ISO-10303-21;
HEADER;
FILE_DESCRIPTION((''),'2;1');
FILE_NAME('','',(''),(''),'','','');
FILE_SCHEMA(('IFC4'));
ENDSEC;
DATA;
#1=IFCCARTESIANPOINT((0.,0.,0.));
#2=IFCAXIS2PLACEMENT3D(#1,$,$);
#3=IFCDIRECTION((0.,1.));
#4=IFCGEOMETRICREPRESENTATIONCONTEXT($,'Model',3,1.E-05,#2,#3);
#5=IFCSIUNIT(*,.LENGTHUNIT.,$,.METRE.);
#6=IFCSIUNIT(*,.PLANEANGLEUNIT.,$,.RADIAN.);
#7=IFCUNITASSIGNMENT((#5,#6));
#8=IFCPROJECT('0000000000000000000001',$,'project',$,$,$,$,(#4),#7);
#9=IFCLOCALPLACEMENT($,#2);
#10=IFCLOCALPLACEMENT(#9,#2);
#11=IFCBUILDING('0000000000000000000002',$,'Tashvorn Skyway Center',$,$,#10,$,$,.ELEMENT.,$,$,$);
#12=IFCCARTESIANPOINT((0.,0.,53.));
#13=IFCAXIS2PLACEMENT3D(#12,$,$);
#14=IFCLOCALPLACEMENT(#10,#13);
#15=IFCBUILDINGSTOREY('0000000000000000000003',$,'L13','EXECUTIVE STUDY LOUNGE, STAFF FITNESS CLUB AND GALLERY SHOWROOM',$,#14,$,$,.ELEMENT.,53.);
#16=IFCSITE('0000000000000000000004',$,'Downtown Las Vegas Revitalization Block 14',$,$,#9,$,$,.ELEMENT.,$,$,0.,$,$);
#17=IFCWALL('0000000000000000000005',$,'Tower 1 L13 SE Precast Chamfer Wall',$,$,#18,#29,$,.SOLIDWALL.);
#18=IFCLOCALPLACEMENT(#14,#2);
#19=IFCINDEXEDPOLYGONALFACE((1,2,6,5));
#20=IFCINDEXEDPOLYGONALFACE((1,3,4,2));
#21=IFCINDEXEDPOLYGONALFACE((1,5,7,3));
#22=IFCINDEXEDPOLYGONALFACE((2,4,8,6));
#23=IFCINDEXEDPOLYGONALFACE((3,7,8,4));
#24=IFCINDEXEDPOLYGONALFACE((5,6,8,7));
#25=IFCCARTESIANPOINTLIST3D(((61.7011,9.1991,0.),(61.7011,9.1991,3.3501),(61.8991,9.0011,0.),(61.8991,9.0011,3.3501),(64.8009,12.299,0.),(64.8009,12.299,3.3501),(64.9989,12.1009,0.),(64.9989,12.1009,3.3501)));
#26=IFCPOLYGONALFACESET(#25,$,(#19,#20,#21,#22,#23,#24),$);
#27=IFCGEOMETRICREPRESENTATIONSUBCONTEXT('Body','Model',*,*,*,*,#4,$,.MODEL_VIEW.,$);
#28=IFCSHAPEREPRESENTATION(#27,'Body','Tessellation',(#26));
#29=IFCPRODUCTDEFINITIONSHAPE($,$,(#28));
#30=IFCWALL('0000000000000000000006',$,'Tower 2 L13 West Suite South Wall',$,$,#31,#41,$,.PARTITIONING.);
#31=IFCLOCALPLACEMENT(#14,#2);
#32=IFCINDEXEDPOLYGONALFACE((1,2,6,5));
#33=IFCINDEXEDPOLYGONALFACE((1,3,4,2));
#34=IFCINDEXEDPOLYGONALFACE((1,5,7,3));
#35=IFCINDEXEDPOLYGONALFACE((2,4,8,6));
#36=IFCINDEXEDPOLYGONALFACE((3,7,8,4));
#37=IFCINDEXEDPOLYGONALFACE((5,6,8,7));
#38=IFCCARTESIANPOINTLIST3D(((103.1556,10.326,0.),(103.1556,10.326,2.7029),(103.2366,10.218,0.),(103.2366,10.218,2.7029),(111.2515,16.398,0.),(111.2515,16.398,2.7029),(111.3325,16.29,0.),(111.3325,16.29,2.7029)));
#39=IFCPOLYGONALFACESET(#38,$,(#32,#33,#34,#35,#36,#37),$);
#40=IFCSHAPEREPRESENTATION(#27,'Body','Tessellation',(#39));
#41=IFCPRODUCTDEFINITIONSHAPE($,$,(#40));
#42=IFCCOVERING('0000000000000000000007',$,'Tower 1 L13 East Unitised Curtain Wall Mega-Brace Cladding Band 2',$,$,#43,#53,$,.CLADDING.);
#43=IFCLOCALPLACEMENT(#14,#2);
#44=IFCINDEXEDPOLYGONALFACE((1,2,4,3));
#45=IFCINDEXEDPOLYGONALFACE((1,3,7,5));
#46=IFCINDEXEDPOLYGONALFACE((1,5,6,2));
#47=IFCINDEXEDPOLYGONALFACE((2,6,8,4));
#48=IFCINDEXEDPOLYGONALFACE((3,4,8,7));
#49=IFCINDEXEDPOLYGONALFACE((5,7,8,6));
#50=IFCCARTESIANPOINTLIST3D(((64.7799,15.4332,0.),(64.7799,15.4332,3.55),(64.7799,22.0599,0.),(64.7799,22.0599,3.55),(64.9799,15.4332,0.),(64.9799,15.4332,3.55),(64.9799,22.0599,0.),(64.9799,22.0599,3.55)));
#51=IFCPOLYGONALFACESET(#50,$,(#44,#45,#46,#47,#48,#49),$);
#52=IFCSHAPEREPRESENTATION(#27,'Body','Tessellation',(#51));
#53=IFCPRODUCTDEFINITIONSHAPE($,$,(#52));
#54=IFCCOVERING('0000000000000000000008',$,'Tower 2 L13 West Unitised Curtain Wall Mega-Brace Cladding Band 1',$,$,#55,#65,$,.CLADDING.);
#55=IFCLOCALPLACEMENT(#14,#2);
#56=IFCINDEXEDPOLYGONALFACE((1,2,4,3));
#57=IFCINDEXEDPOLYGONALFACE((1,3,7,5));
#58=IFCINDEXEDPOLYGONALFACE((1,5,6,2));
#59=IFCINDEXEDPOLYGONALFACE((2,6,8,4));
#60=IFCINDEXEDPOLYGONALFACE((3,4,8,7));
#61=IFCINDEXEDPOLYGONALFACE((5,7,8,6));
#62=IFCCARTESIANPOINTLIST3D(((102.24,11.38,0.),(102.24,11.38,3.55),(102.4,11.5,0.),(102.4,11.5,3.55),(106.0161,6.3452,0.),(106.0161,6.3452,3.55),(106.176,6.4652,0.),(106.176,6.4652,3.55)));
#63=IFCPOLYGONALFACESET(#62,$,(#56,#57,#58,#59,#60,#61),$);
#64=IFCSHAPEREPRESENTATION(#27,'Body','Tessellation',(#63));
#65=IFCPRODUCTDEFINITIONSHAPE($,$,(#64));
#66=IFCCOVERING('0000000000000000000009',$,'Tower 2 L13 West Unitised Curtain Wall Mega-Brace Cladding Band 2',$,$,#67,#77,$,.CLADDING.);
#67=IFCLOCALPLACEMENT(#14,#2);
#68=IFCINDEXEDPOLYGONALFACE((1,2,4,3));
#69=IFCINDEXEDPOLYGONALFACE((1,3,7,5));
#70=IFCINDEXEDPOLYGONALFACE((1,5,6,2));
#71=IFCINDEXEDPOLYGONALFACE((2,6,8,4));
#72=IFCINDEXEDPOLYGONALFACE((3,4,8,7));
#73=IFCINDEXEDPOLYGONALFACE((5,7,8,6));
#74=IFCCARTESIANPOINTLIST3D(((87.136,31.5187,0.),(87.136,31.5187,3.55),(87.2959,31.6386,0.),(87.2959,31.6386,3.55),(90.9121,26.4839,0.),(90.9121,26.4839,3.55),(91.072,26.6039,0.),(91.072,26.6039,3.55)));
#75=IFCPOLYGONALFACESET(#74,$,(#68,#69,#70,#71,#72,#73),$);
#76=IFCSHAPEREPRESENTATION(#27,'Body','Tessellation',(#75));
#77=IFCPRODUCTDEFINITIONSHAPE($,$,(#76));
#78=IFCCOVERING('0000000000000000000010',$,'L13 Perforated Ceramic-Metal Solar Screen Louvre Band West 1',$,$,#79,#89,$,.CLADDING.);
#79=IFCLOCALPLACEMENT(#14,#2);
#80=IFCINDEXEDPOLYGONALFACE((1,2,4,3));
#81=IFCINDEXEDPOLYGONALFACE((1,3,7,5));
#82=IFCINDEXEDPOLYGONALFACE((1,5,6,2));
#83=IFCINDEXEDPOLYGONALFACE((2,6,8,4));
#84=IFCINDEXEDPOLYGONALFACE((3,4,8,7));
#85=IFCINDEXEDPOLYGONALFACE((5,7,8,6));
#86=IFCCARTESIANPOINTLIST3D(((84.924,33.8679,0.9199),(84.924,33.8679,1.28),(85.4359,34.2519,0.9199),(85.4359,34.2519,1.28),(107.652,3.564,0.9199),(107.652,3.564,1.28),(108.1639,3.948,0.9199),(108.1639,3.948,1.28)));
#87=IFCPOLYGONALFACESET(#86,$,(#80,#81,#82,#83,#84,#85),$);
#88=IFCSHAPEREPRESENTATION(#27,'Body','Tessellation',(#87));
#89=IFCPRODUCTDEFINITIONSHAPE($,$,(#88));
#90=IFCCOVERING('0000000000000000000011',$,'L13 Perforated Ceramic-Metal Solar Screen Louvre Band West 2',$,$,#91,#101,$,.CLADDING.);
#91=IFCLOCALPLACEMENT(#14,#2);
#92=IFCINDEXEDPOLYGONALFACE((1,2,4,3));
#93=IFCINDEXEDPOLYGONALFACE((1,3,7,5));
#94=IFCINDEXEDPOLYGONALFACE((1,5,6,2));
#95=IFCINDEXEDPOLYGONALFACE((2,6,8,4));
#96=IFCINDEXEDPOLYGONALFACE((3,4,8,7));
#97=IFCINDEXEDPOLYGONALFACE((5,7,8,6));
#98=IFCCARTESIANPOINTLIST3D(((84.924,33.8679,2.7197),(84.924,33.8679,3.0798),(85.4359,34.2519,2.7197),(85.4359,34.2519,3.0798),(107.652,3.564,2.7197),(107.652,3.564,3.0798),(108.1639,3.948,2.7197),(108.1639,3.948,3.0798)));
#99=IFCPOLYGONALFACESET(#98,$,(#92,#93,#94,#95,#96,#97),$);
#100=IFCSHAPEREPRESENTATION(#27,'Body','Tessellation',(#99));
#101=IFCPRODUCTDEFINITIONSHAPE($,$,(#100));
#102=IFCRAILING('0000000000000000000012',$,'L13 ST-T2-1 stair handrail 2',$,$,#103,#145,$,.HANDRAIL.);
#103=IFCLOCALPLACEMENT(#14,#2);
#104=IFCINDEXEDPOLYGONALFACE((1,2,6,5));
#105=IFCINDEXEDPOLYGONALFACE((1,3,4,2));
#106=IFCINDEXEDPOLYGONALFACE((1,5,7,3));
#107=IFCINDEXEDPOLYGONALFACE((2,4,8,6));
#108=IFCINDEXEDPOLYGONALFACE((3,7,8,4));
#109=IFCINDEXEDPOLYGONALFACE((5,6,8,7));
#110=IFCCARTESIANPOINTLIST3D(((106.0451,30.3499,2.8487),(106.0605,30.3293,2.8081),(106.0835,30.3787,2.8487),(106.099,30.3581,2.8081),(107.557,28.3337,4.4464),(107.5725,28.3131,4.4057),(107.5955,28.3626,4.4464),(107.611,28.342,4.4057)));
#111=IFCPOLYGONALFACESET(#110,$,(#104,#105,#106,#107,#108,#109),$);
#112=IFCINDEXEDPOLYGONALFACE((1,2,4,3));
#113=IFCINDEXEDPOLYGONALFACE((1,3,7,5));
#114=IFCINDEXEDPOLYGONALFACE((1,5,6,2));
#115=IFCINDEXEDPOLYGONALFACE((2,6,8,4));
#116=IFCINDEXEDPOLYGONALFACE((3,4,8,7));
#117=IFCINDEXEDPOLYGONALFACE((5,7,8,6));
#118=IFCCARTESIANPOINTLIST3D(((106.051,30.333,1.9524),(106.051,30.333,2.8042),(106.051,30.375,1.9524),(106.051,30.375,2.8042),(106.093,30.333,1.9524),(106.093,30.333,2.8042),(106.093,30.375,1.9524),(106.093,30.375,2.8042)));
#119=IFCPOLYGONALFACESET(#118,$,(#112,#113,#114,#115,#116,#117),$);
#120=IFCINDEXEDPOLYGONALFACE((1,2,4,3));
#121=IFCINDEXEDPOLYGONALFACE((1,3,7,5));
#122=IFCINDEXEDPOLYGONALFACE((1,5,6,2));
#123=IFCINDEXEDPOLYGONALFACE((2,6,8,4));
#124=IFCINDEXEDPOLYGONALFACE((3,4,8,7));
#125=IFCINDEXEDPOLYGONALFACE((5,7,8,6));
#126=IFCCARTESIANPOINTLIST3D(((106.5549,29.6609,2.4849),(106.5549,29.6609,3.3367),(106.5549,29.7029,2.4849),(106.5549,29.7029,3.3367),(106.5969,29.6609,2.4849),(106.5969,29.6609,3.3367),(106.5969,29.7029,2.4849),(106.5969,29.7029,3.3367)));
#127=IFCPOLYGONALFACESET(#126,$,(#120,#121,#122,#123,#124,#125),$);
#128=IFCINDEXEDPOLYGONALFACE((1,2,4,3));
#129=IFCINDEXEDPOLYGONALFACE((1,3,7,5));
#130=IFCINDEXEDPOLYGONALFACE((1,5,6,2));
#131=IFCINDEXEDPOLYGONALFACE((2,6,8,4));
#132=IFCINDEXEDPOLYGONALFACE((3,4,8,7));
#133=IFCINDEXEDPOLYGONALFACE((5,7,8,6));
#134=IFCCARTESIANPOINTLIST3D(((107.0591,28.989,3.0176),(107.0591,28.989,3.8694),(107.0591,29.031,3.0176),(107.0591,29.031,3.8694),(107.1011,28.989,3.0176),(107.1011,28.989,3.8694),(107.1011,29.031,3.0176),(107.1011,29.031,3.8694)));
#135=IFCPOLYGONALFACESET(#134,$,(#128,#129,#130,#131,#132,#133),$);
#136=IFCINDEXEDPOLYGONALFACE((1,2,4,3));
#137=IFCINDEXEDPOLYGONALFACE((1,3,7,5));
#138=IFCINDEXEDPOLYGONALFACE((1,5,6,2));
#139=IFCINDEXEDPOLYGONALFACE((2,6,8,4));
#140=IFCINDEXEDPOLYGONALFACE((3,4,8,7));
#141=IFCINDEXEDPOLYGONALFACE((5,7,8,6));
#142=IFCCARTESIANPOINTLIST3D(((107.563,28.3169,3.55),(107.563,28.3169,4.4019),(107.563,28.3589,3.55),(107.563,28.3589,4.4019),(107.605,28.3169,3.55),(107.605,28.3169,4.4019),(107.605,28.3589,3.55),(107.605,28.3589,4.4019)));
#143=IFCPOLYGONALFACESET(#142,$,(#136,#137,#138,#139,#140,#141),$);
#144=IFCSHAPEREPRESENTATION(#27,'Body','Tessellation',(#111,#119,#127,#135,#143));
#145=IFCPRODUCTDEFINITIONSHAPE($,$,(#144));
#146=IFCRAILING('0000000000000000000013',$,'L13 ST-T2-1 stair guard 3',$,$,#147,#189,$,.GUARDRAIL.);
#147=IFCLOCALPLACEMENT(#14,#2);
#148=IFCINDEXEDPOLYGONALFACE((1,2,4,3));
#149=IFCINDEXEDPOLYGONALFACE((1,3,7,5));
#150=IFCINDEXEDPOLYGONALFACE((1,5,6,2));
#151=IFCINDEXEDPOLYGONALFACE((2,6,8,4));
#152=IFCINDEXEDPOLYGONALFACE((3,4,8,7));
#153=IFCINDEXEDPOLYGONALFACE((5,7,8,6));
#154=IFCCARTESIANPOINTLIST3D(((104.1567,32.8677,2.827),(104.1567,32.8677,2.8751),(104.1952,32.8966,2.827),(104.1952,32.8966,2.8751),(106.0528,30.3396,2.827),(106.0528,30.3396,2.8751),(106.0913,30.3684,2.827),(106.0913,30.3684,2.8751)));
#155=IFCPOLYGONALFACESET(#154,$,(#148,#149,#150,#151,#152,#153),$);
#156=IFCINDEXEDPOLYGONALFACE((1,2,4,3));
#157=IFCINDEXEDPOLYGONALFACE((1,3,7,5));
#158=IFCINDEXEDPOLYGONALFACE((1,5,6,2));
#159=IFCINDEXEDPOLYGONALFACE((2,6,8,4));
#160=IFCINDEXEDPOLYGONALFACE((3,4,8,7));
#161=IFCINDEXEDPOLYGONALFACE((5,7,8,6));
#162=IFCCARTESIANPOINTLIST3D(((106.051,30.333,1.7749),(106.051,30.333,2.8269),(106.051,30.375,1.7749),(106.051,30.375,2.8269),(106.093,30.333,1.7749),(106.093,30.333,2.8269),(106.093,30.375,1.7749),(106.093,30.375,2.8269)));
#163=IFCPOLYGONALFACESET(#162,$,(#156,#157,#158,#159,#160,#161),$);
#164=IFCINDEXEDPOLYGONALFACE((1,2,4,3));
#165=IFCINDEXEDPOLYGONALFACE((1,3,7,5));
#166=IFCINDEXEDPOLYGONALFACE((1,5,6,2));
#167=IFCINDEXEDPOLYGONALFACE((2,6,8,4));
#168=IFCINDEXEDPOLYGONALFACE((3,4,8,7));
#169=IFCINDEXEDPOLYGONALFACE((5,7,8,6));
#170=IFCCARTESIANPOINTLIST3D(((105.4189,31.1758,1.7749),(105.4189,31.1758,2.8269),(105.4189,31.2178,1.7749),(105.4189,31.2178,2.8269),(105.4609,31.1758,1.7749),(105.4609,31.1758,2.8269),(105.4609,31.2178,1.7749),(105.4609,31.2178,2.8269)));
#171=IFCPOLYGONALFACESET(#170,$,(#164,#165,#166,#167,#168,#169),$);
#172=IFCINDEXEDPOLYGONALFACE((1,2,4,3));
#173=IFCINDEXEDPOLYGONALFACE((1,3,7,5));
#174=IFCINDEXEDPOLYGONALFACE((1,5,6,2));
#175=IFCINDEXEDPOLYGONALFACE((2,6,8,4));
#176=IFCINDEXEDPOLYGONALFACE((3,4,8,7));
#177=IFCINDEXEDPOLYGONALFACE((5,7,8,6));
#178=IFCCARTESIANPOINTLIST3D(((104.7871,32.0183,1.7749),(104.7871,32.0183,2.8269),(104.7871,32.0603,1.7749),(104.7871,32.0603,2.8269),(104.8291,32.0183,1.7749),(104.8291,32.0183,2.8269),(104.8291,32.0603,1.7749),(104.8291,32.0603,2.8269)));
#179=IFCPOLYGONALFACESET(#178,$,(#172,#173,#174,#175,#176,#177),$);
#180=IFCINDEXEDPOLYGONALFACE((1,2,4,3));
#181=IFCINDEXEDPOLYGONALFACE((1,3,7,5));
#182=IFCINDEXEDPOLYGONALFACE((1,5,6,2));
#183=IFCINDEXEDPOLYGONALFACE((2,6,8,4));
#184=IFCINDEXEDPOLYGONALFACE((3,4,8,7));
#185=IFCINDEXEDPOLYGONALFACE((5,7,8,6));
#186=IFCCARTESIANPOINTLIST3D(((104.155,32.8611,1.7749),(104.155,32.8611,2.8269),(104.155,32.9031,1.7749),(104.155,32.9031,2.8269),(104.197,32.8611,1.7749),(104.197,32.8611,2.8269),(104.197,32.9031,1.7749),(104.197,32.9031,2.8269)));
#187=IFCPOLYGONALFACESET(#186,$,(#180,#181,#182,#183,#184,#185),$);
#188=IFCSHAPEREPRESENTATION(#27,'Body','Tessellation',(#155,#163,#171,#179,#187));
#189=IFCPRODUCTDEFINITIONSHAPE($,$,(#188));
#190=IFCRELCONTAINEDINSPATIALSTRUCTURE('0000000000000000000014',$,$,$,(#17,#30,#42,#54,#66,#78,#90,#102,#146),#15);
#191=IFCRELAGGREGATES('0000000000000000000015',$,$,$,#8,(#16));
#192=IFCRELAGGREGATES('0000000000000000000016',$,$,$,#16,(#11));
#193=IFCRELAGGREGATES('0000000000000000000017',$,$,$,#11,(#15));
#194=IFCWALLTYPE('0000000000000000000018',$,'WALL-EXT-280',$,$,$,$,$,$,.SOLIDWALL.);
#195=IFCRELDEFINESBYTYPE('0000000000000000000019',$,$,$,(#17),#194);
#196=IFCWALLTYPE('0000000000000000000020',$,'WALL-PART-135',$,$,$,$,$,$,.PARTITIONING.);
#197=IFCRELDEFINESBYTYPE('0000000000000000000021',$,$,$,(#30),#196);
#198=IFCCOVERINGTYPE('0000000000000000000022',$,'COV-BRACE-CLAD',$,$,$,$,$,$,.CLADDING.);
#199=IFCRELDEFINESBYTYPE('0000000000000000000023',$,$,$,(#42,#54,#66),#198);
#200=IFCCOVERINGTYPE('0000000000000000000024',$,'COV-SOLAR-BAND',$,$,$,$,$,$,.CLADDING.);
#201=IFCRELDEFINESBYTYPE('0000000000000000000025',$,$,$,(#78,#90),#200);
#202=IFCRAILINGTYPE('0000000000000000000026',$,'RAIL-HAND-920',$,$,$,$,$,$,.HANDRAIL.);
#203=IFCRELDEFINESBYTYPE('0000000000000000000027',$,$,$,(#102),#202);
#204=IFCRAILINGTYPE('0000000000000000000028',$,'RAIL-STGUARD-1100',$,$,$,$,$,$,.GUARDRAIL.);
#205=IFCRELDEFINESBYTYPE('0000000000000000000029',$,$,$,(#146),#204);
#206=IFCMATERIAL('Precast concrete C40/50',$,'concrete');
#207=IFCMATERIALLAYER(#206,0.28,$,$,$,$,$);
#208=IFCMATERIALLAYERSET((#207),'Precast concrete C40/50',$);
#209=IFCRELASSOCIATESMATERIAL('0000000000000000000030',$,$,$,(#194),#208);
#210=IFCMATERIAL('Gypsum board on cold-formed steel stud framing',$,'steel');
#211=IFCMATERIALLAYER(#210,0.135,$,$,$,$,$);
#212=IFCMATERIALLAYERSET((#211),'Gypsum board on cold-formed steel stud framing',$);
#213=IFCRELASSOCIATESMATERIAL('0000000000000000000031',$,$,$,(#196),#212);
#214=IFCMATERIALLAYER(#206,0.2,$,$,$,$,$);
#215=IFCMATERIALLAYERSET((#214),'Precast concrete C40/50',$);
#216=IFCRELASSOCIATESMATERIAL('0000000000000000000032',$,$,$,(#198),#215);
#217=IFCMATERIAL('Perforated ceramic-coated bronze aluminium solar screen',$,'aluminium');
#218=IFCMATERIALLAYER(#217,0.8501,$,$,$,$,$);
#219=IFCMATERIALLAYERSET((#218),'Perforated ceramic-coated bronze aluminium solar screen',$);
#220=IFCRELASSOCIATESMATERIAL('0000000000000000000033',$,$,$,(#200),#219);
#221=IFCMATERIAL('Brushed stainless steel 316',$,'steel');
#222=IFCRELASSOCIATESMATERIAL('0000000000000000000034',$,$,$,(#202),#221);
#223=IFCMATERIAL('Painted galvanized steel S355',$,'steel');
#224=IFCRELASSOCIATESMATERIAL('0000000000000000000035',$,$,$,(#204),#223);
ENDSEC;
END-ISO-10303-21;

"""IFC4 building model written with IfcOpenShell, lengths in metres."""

from ifc_helpers import new_model, si_unit, direction, frame, frame_2d, origin, origin_2d, place, context, subcontext, project, spatial, rectangle, extrude, material, layer, layer_set, type_object, element, save


model = new_model("IFC4")

# Units and contexts
model_context = context("Model", 3, precision=1e-05, world=origin(), true_north=direction((0.0, 1.0)))
body_context = subcontext(model_context, "Body", "Model", "MODEL_VIEW")
ifc_project = project(units=[si_unit("LENGTHUNIT", "METRE"), si_unit("PLANEANGLEUNIT", "RADIAN")], contexts=[model_context])

# Site, building, storey
site_placement = place(None, origin())
site = spatial("IfcSite", under=ifc_project, at=site_placement, Name="Downtown Las Vegas Revitalization Block 14", CompositionType="ELEMENT", RefElevation=0.0)
building_placement = place(site_placement, origin())
building = spatial("IfcBuilding", under=site, at=building_placement, Name="Tashvorn Skyway Center", CompositionType="ELEMENT")
storey_placement = place(building_placement, frame((0.0, 0.0, 53.0)))
storey = spatial("IfcBuildingStorey", under=building, at=storey_placement, Name="L13", Description="EXECUTIVE STUDY LOUNGE, STAFF FITNESS CLUB AND GALLERY SHOWROOM", CompositionType="ELEMENT", Elevation=53.0)

# Walls
ifc_material_1 = material(Name="Precast concrete C40/50", Category="concrete")
ifc_layer_1 = layer(ifc_material_1, 0.28)
ifc_layer_set_1 = layer_set([ifc_layer_1], Name="Precast concrete C40/50")
wall_type_1 = type_object("IfcWallType", Name="WALL-EXT-280", PredefinedType="SOLIDWALL", material=ifc_layer_set_1)
wall_1_placement = place(storey_placement, frame((64.8999, 12.2, 0.0), z_axis=(0.0, 0.0, 1.0), x_axis=(-0.707107, -0.707107, 0.0)))
element("IfcWall", 1, at=wall_1_placement, inside=storey, type_object=wall_type_1, Name="Tower 1 L13 SE Precast Chamfer Wall", PredefinedType="SOLIDWALL", context=body_context, shape_type="SweptSolid", body=[
    extrude(rectangle(XDim=4.3838, YDim=0.28, at=frame_2d((2.1919, 0.0))), origin(), (0.0, 0.0, 1.0), 3.3501),
])
ifc_material_2 = material(Name="Gypsum board on cold-formed steel stud framing", Category="steel")
ifc_layer_2 = layer(ifc_material_2, 0.135)
ifc_layer_set_2 = layer_set([ifc_layer_2], Name="Gypsum board on cold-formed steel stud framing")
wall_type_2 = type_object("IfcWallType", Name="WALL-PART-135", PredefinedType="PARTITIONING", material=ifc_layer_set_2)
wall_2_placement = place(storey_placement, frame((103.196, 10.272, 0.0), z_axis=(0.0, 0.0, 1.0), x_axis=(0.799997, 0.600004, 0.0)))
element("IfcWall", 2, at=wall_2_placement, inside=storey, type_object=wall_type_2, Name="Tower 2 L13 West Suite South Wall", PredefinedType="PARTITIONING", context=body_context, shape_type="SweptSolid", body=[
    extrude(rectangle(XDim=10.1199, YDim=0.135, at=frame_2d((5.0601, 0.0))), origin(), (0.0, 0.0, 1.0), 2.7029),
])

# Coverings
ifc_layer_3 = layer(ifc_material_1, 0.2)
ifc_layer_set_3 = layer_set([ifc_layer_3], Name="Precast concrete C40/50")
covering_type_1 = type_object("IfcCoveringType", Name="COV-BRACE-CLAD", PredefinedType="CLADDING", material=ifc_layer_set_3)
covering_placement = place(storey_placement, frame((64.8799, 18.7466, 0.0), z_axis=(0.0, 0.0, 1.0), x_axis=(0.0, -1.0, 0.0)))
element("IfcCovering", 3, at=covering_placement, inside=storey, type_object=covering_type_1, Name="Tower 1 L13 East Unitised Curtain Wall Mega-Brace Cladding Band 2", PredefinedType="CLADDING", context=body_context, shape_type="SweptSolid", body=[
    extrude(rectangle(XDim=6.6267, YDim=0.2, at=origin_2d()), origin(), (0.0, 0.0, 1.0), 3.55),
])
for number, where, z_axis, x_axis, name in (
    (4, (104.208, 8.9226, 0.0), (0.0, 0.0, 1.0), (-0.6, 0.8, 0.0), "Tower 2 L13 West Unitised Curtain Wall Mega-Brace Cladding Band 1"),
    (5, (89.104, 29.0613, 0.0), (0.0, 0.0, 1.0), (-0.6, 0.8, 0.0), "Tower 2 L13 West Unitised Curtain Wall Mega-Brace Cladding Band 2"),
):
    element("IfcCovering", number, at=place(storey_placement, frame(where, z_axis=z_axis, x_axis=x_axis)), inside=storey, type_object=covering_type_1, Name=name, PredefinedType="CLADDING", context=body_context, shape_type="SweptSolid", body=[
        extrude(rectangle(XDim=6.2935, YDim=0.2, at=origin_2d()), origin(), (0.0, 0.0, 1.0), 3.55),
    ])
ifc_material_3 = material(Name="Perforated ceramic-coated bronze aluminium solar screen", Category="aluminium")
ifc_layer_4 = layer(ifc_material_3, 0.8501)
ifc_layer_set_4 = layer_set([ifc_layer_4], Name="Perforated ceramic-coated bronze aluminium solar screen")
covering_type_2 = type_object("IfcCoveringType", Name="COV-SOLAR-BAND", PredefinedType="CLADDING", material=ifc_layer_set_4)
for number, where, z_axis, x_axis, name in (
    (6, (96.5439, 18.908, 0.9199), (0.0, 0.0, 1.0), (-0.6, 0.8, 0.0), "L13 Perforated Ceramic-Metal Solar Screen Louvre Band West 1"),
    (7, (96.5439, 18.908, 2.7197), (0.0, 0.0, 1.0), (-0.6, 0.8, 0.0), "L13 Perforated Ceramic-Metal Solar Screen Louvre Band West 2"),
):
    element("IfcCovering", number, at=place(storey_placement, frame(where, z_axis=z_axis, x_axis=x_axis)), inside=storey, type_object=covering_type_2, Name=name, PredefinedType="CLADDING", context=body_context, shape_type="SweptSolid", body=[
        extrude(rectangle(XDim=37.8799, YDim=0.6399, at=origin_2d()), origin(), (0.0, 0.0, 1.0), 0.3601),
    ])

# Railings
ifc_material_4 = material(Name="Brushed stainless steel 316", Category="steel")
railing_type_1 = type_object("IfcRailingType", Name="RAIL-HAND-920", PredefinedType="HANDRAIL", material=ifc_material_4)
railing_1_placement = place(storey_placement, frame((106.072, 30.354, 1.9524)))
element("IfcRailing", 8, at=railing_1_placement, inside=storey, type_object=railing_type_1, Name="L13 ST-T2-1 stair handrail 2", PredefinedType="HANDRAIL", context=body_context, shape_type="SweptSolid", body=[
    extrude(rectangle(XDim=0.0481, YDim=0.0481, at=origin_2d()), frame((0.0, 0.0, 0.876), z_axis=(0.506719, -0.675679, 0.535438), x_axis=(0.800023, 0.599969, 0.0)), (0.0, 0.0, 1.0), 2.9839),
    extrude(rectangle(XDim=0.042, YDim=0.042, at=origin_2d()), origin(), (0.0, 0.0, 1.0), 0.8518),
    extrude(rectangle(XDim=0.042, YDim=0.042, at=origin_2d()), frame((0.5039, -0.6721, 0.5325)), (0.0, 0.0, 1.0), 0.8518),
    extrude(rectangle(XDim=0.042, YDim=0.042, at=origin_2d()), frame((1.0081, -1.344, 1.0652)), (0.0, 0.0, 1.0), 0.8518),
    extrude(rectangle(XDim=0.042, YDim=0.042, at=origin_2d()), frame((1.512, -2.0161, 1.5977)), (0.0, 0.0, 1.0), 0.8518),
])
ifc_material_5 = material(Name="Painted galvanized steel S355", Category="steel")
railing_type_2 = type_object("IfcRailingType", Name="RAIL-STGUARD-1100", PredefinedType="GUARDRAIL", material=ifc_material_5)
railing_2_placement = place(storey_placement, frame((106.072, 30.354, 1.7749)))
element("IfcRailing", 9, at=railing_2_placement, inside=storey, type_object=railing_type_2, Name="L13 ST-T2-1 stair guard 3", PredefinedType="GUARDRAIL", context=body_context, shape_type="SweptSolid", body=[
    extrude(rectangle(XDim=0.0481, YDim=0.0481, at=origin_2d()), frame((0.0, 0.0, 1.0762), z_axis=(-0.599988, 0.800009, 0.0), x_axis=(-0.800009, -0.599988, 0.0)), (0.0, 0.0, 1.0), 3.1602),
    extrude(rectangle(XDim=0.042, YDim=0.042, at=origin_2d()), origin(), (0.0, 0.0, 1.0), 1.052),
    extrude(rectangle(XDim=0.042, YDim=0.042, at=origin_2d()), frame((-0.6321, 0.8428, 0.0)), (0.0, 0.0, 1.0), 1.052),
    extrude(rectangle(XDim=0.042, YDim=0.042, at=origin_2d()), frame((-1.2639, 1.6853, 0.0)), (0.0, 0.0, 1.0), 1.052),
    extrude(rectangle(XDim=0.042, YDim=0.042, at=origin_2d()), frame((-1.896, 2.5281, 0.0)), (0.0, 0.0, 1.0), 1.052),
])

save(model, "model.ifc")
